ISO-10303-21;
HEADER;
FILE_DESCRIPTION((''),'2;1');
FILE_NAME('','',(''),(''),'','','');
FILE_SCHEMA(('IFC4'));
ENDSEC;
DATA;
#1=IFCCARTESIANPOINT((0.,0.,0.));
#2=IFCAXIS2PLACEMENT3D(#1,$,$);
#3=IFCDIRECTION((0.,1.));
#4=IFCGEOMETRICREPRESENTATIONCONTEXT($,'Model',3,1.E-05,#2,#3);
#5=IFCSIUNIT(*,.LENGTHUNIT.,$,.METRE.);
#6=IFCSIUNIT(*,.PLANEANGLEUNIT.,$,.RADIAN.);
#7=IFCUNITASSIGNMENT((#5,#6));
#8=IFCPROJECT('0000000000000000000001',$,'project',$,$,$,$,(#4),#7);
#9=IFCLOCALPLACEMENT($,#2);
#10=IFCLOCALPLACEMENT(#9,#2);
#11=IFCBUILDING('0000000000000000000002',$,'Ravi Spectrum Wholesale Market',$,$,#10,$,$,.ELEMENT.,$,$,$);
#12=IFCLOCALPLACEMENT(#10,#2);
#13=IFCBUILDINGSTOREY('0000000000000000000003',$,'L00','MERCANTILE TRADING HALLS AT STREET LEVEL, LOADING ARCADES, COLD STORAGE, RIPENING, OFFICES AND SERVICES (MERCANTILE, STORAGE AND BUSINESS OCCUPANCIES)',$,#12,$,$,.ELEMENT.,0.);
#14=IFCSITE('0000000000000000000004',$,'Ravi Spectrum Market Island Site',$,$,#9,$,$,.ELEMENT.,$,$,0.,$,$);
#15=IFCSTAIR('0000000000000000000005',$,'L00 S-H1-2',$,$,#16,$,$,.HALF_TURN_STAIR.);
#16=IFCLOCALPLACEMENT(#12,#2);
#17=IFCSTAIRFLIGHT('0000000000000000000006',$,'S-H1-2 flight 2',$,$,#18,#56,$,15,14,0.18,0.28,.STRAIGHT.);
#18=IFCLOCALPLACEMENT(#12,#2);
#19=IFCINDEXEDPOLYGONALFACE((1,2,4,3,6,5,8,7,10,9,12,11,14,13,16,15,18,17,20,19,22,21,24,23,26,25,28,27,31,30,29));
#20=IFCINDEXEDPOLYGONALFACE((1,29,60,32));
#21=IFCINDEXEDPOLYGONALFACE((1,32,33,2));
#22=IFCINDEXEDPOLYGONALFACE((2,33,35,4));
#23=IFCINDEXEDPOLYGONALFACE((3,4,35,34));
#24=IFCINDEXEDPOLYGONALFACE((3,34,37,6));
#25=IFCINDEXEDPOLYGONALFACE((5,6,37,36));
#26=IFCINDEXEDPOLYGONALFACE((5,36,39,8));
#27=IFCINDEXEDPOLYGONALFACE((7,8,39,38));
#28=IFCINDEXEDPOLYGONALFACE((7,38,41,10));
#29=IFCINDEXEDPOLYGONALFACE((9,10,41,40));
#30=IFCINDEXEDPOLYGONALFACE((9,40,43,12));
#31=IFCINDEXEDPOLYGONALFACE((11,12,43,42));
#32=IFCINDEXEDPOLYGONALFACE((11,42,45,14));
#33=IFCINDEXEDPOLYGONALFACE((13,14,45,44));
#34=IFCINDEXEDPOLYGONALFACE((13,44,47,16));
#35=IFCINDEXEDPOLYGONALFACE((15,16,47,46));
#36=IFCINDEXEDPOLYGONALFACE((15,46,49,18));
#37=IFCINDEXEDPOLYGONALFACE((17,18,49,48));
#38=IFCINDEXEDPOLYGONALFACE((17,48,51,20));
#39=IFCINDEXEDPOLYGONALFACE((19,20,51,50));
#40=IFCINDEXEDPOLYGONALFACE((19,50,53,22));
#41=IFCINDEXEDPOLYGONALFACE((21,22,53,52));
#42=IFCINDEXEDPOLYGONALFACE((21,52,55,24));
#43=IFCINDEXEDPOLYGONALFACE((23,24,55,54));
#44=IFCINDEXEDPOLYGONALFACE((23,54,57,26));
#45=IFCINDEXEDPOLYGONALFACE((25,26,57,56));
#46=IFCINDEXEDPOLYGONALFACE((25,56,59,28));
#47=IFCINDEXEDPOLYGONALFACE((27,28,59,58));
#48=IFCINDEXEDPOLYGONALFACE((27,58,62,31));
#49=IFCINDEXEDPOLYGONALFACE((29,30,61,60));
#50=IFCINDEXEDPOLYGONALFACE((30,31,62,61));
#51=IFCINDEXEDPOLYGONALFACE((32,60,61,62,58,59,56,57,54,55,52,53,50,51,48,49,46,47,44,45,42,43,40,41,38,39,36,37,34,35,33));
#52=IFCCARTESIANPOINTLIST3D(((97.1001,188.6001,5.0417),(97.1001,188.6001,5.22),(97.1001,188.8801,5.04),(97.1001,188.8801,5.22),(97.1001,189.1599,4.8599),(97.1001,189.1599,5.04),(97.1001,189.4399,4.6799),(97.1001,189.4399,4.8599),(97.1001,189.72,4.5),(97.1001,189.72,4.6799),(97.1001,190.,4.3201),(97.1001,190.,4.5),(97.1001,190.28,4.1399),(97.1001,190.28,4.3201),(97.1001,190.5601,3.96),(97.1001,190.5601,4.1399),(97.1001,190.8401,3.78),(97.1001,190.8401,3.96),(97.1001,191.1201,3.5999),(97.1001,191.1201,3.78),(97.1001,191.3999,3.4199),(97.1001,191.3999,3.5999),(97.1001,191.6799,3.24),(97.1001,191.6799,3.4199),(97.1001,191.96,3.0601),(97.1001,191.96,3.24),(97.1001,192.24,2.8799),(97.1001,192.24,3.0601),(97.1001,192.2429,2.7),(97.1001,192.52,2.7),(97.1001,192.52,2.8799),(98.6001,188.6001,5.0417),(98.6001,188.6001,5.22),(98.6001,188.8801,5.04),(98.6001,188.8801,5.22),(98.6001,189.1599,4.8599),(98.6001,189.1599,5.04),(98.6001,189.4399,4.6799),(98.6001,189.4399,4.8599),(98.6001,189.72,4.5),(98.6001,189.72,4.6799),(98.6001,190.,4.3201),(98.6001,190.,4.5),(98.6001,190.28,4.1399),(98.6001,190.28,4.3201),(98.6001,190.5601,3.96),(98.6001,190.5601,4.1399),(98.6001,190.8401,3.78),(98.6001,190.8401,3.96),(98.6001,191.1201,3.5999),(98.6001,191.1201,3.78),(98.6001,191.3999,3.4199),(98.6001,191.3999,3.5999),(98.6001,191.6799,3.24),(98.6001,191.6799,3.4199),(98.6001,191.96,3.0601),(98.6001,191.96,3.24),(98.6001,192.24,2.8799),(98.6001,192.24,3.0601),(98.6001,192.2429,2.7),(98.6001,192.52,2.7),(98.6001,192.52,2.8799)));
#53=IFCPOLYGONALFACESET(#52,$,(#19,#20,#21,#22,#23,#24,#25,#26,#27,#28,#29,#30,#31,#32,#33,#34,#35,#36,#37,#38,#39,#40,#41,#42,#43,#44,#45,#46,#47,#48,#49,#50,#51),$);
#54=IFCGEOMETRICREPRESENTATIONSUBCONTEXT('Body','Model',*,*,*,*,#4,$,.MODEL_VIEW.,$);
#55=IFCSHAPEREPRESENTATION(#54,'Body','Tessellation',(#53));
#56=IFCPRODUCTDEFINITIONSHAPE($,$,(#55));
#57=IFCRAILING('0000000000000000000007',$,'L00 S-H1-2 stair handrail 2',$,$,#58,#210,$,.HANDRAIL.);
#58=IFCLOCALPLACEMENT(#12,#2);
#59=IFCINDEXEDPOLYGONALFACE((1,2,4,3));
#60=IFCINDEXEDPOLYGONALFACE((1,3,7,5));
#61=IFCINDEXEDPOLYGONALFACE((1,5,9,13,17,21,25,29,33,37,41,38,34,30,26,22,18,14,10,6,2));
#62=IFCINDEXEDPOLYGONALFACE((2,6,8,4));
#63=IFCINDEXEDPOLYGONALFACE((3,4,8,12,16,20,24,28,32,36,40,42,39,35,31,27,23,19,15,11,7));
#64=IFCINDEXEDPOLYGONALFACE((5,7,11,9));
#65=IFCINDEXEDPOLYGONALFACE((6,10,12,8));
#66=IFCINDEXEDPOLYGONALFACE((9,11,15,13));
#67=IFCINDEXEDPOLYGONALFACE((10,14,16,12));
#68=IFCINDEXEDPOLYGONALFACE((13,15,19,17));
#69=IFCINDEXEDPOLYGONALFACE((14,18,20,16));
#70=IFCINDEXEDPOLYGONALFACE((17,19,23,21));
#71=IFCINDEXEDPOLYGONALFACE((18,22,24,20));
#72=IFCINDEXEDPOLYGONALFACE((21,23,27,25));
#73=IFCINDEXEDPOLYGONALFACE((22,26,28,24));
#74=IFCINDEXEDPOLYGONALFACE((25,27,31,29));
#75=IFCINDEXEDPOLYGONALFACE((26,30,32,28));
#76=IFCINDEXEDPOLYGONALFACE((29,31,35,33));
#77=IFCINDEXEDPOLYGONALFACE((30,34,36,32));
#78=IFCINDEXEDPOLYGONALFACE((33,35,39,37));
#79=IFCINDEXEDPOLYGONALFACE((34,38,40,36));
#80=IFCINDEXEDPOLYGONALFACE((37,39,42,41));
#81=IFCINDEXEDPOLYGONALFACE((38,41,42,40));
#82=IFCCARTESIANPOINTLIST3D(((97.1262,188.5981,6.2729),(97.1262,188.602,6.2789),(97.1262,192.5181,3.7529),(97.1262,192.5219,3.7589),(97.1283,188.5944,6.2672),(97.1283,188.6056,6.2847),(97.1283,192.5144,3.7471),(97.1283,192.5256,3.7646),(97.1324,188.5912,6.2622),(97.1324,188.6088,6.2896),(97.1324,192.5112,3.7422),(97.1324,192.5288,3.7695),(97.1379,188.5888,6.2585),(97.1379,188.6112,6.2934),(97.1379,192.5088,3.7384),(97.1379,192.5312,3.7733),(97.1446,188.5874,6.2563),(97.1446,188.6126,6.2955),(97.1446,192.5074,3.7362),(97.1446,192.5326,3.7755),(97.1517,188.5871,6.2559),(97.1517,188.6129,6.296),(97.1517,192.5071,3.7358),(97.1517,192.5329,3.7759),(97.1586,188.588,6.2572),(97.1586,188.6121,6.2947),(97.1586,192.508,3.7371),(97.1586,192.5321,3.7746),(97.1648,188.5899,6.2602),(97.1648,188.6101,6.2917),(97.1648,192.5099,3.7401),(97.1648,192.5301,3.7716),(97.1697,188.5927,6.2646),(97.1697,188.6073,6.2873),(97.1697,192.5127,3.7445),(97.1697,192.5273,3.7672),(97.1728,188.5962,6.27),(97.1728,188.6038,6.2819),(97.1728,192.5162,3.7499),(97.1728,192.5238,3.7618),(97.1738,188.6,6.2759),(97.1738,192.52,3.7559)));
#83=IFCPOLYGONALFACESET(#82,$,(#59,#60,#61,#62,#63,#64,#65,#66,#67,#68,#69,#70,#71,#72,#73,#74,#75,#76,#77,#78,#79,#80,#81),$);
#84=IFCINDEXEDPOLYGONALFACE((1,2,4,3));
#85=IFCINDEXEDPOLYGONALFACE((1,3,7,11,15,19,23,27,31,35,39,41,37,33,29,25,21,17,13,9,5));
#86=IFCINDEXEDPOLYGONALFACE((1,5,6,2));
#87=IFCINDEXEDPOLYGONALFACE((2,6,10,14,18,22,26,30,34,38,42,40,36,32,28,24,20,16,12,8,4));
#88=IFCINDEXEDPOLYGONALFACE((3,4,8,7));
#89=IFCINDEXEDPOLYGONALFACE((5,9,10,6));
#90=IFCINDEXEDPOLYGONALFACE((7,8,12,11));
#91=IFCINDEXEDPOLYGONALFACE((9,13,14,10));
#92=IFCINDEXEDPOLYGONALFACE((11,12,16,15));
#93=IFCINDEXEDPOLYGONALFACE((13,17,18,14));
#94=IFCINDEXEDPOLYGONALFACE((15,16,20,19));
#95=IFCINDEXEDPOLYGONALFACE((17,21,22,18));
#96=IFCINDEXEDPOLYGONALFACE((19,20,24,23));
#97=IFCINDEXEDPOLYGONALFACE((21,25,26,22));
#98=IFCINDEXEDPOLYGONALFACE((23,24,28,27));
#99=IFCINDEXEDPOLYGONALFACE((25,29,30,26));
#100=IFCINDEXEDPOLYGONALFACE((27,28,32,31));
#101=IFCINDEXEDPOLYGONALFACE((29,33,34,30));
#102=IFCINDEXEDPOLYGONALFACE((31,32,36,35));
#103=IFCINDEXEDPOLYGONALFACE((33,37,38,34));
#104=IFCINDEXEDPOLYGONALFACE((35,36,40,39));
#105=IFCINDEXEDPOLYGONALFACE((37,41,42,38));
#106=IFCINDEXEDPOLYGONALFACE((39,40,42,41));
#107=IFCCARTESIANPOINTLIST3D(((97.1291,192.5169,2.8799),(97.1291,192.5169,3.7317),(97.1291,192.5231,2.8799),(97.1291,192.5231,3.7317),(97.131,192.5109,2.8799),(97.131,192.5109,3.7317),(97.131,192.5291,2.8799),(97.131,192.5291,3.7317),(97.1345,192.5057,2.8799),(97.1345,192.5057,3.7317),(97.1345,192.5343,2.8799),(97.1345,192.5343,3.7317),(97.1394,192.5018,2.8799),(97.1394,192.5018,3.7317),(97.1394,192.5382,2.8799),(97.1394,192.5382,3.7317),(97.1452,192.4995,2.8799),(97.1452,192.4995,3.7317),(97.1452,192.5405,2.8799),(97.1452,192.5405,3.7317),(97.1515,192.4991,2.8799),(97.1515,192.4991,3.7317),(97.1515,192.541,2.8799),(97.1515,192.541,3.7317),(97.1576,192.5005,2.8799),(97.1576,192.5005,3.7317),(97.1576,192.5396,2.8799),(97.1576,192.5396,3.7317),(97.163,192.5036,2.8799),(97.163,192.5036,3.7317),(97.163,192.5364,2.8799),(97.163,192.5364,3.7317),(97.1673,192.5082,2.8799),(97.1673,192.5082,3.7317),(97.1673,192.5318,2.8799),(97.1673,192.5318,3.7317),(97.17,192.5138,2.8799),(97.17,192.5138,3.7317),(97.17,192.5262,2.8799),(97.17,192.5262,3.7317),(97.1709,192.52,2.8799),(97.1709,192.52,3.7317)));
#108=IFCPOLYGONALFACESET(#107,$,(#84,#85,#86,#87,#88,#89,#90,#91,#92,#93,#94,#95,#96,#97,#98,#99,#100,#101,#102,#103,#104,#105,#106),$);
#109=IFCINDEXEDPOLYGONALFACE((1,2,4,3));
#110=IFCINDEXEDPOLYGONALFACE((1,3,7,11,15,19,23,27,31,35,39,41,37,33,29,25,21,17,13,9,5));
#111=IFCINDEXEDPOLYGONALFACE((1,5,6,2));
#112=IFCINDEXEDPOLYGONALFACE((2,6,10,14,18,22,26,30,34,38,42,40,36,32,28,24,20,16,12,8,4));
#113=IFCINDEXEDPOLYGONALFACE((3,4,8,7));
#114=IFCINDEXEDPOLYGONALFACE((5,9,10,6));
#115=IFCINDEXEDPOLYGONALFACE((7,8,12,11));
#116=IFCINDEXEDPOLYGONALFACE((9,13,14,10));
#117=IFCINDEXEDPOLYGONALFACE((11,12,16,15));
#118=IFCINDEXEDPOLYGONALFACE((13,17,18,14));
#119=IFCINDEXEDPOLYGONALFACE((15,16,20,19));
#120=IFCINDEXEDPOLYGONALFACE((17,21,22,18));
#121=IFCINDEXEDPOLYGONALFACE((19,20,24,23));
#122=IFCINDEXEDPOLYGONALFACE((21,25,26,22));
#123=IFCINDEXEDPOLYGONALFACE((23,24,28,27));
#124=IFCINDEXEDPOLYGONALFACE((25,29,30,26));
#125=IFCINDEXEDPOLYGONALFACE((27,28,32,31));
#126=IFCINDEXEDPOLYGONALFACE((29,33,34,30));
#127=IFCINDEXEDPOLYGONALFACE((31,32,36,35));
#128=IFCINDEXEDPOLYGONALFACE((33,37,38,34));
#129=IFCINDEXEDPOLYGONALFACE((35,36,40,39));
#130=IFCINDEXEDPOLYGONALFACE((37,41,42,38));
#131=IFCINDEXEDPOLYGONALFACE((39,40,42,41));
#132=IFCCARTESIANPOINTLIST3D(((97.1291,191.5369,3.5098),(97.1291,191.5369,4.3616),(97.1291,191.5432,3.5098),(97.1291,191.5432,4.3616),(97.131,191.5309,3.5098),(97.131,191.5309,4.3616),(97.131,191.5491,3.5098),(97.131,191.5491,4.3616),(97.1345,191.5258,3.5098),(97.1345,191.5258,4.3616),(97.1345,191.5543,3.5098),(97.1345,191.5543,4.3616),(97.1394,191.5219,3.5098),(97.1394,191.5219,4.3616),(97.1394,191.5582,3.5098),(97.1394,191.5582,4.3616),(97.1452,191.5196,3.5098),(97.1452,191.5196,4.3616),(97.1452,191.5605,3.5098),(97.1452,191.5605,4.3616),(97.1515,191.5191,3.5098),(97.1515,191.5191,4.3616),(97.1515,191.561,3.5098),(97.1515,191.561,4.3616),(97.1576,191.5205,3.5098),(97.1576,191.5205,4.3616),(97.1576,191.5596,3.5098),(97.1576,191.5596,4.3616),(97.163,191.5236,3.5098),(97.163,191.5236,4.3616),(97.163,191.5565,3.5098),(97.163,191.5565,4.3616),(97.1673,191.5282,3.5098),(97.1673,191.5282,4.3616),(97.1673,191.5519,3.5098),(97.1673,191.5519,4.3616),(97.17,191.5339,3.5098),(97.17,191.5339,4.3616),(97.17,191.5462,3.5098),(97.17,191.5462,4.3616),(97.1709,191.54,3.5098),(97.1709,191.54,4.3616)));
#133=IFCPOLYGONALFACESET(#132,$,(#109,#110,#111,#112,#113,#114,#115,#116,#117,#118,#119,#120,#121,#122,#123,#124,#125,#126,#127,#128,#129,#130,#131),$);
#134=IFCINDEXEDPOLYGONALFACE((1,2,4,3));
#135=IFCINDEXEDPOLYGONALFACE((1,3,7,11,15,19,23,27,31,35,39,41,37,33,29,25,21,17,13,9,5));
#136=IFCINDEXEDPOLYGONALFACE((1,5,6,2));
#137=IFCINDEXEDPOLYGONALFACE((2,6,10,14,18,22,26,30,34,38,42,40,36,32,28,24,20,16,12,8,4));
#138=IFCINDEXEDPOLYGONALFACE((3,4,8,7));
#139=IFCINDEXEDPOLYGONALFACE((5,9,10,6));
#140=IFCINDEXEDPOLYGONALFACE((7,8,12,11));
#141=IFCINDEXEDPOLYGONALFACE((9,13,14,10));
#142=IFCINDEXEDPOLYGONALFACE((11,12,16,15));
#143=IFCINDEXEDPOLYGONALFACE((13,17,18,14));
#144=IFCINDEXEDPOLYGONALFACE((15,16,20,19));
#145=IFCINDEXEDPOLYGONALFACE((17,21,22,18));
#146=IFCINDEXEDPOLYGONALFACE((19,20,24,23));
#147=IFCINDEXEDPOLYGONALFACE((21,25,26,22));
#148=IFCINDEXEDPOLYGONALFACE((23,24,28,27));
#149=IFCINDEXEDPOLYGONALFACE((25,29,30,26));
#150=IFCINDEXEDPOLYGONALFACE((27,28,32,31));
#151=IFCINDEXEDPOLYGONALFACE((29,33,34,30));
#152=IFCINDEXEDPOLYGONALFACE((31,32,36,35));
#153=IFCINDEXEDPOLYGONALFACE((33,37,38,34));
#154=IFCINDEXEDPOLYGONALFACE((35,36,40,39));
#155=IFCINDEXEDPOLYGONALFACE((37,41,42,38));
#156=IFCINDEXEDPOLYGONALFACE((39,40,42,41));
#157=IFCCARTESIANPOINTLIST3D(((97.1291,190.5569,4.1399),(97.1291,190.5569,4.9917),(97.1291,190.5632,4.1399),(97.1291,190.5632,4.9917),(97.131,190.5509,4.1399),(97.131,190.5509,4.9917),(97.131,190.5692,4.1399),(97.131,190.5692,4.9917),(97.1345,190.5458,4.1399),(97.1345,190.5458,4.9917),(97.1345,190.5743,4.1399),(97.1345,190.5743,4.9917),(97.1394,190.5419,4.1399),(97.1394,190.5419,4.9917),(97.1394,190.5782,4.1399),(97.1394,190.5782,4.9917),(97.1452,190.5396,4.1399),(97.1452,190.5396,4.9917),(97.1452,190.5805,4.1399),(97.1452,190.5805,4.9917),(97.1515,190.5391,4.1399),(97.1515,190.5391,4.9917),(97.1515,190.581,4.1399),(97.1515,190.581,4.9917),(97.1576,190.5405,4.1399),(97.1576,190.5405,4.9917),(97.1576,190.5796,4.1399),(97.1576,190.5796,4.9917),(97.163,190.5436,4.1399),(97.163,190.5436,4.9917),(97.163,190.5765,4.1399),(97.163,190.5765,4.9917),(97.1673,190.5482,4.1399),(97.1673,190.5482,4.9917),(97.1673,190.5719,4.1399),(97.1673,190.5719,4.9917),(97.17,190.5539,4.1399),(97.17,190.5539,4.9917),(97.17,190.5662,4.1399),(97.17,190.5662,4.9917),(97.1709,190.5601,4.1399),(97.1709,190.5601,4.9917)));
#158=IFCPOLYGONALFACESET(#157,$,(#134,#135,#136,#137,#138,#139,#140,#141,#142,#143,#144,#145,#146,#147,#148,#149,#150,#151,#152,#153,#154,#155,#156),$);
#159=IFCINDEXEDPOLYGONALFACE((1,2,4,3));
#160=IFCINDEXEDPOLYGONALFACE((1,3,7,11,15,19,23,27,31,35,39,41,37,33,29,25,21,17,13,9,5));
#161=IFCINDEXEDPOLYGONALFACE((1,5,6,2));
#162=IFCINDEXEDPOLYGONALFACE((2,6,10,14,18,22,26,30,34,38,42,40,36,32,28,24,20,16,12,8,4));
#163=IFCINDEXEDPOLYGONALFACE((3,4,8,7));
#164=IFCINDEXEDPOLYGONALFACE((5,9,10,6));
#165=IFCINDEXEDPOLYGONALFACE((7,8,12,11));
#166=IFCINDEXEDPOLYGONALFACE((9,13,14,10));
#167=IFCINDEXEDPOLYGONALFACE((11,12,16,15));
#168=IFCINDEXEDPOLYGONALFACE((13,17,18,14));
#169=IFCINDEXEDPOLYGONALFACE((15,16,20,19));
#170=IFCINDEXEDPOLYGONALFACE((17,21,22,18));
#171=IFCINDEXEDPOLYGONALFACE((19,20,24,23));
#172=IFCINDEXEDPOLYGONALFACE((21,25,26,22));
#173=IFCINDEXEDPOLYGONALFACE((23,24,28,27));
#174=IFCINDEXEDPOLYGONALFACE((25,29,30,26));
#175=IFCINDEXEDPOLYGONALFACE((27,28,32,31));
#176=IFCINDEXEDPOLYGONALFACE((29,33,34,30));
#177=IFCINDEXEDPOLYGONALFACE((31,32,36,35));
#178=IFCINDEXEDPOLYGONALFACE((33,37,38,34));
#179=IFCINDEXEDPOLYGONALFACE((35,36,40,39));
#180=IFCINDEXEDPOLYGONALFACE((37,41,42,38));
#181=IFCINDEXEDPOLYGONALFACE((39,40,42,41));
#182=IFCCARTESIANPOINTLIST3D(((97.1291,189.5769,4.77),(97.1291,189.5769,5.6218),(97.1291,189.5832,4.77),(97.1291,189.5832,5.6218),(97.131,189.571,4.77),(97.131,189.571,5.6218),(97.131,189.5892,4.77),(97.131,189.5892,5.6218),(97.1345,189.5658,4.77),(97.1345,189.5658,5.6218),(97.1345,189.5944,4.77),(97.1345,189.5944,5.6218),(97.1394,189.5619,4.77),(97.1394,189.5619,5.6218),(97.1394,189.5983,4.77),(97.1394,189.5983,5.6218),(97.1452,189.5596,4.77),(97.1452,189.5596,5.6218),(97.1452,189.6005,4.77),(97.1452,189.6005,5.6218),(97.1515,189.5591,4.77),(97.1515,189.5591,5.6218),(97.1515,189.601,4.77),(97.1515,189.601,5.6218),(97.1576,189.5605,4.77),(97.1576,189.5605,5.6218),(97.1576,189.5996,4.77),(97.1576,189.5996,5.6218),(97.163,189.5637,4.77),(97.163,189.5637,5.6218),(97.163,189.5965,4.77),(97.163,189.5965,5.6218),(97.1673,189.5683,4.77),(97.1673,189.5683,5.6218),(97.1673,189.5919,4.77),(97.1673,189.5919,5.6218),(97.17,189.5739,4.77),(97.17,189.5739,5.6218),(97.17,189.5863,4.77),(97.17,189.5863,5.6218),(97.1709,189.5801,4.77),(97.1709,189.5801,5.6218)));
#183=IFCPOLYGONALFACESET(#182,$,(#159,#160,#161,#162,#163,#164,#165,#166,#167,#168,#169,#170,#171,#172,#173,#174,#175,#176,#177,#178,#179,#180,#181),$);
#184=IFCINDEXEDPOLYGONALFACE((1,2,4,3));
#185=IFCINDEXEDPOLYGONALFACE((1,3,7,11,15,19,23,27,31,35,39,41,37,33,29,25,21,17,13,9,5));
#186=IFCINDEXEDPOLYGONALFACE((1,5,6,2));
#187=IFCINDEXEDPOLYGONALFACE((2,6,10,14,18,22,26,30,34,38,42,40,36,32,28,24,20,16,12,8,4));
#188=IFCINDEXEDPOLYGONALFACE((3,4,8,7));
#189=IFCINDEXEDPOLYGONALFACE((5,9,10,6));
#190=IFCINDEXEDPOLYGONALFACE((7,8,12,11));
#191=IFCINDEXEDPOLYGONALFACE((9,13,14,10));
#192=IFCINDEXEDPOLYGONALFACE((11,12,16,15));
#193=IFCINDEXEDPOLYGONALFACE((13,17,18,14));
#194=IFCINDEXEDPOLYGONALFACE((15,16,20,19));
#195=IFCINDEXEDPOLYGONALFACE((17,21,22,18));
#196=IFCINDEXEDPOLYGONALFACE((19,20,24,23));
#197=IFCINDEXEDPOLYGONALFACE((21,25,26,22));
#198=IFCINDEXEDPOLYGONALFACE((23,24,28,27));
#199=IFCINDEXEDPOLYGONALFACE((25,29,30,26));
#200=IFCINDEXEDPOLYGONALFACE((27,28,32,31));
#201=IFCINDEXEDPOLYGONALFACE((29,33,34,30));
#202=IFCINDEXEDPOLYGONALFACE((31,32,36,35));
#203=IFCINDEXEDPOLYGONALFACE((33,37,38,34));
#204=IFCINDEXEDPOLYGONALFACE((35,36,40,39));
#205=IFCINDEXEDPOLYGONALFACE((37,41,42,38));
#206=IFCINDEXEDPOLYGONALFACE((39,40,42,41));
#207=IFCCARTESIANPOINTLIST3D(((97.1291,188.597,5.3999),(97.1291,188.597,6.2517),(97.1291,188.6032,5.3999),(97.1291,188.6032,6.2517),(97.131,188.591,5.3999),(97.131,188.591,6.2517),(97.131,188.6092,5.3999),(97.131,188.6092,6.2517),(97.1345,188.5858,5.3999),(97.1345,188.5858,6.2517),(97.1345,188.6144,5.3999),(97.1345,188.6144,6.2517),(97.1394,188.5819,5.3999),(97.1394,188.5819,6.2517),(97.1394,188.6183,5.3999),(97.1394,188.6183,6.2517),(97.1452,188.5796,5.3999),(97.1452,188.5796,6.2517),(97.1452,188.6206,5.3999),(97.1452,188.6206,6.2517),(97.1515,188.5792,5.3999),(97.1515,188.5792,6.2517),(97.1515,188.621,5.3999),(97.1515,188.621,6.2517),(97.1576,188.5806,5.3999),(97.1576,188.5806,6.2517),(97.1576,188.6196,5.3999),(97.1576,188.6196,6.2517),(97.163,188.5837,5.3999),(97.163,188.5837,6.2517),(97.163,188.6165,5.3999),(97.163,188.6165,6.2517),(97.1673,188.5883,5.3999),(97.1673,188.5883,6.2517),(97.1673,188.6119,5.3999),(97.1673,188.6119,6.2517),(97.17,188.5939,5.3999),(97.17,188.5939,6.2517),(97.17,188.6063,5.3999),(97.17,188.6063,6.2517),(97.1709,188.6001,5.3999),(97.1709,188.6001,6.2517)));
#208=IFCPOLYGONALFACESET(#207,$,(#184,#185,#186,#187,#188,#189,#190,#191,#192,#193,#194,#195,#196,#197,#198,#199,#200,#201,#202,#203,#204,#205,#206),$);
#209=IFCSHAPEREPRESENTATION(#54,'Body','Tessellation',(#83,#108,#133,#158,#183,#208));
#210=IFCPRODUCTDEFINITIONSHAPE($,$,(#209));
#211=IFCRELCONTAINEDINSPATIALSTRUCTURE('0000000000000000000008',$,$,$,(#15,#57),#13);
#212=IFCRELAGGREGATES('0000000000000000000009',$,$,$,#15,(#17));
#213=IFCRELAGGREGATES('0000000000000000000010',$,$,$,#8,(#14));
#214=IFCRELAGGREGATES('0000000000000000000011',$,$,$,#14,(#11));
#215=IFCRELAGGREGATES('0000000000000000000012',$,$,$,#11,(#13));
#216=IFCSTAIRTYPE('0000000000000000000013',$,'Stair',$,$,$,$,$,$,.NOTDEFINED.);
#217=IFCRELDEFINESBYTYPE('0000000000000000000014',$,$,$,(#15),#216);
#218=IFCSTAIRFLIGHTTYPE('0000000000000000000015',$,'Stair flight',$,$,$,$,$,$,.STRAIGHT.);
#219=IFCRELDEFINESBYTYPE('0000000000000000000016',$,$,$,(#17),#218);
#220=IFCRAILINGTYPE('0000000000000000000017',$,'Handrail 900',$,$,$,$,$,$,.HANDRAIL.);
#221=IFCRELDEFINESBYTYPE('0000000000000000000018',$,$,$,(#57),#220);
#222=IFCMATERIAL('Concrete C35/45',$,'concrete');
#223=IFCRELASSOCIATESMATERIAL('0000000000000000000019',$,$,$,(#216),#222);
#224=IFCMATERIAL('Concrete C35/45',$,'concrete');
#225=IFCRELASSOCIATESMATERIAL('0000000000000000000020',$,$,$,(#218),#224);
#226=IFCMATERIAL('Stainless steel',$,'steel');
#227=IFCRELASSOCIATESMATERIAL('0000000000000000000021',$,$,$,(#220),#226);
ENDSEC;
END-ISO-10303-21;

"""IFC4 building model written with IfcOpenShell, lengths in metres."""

from ifc_helpers import new_model, si_unit, direction, frame, origin, origin_2d, place, context, subcontext, project, spatial, polyline, circle, outline, extrude, material, type_object, element, aggregate, save


model = new_model("IFC4")

# Units and contexts
model_context = context("Model", 3, precision=1e-05, world=origin(), true_north=direction((0.0, 1.0)))
body_context = subcontext(model_context, "Body", "Model", "MODEL_VIEW")
ifc_project = project(units=[si_unit("LENGTHUNIT", "METRE"), si_unit("PLANEANGLEUNIT", "RADIAN")], contexts=[model_context])

# Site, building, storey
site_placement = place(None, origin())
site = spatial("IfcSite", under=ifc_project, at=site_placement, Name="Ravi Spectrum Market Island Site", CompositionType="ELEMENT", RefElevation=0.0)
building_placement = place(site_placement, origin())
building = spatial("IfcBuilding", under=site, at=building_placement, Name="Ravi Spectrum Wholesale Market", CompositionType="ELEMENT")
storey_placement = place(building_placement, origin())
storey = spatial("IfcBuildingStorey", under=building, at=storey_placement, Name="L00", Description="MERCANTILE TRADING HALLS AT STREET LEVEL, LOADING ARCADES, COLD STORAGE, RIPENING, OFFICES AND SERVICES (MERCANTILE, STORAGE AND BUSINESS OCCUPANCIES)", CompositionType="ELEMENT", Elevation=0.0)

# Stair, stair flight
ifc_material_1 = material(Name="Concrete C35/45", Category="concrete")
stair_type = type_object("IfcStairType", Name="Stair", PredefinedType="NOTDEFINED", material=ifc_material_1)
stair_placement = place(storey_placement, origin())
stair = element("IfcStair", 1, at=stair_placement, inside=storey, type_object=stair_type, Name="L00 S-H1-2", PredefinedType="HALF_TURN_STAIR")
ifc_material_2 = material(Name="Concrete C35/45", Category="concrete")
stair_flight_type = type_object("IfcStairFlightType", Name="Stair flight", PredefinedType="STRAIGHT", material=ifc_material_2)
stair_flight_placement = place(storey_placement, frame((97.8501, 192.52, 2.7), z_axis=(0.0, 0.0, 1.0), x_axis=(0.0, -1.0, 0.0)))
stair_flight = element("IfcStairFlight", 2, at=stair_flight_placement, type_object=stair_flight_type, Name="S-H1-2 flight 2", NumberOfRisers=15, NumberOfTreads=14, PredefinedType="STRAIGHT", RiserHeight=0.18, TreadLength=0.28, context=body_context, shape_type="SweptSolid", body=[
    extrude(outline(polyline([(0.0, 0.0), (0.0, 0.1799), (0.28, 0.1799), (0.28, 0.3601), (0.5601, 0.3601), (0.5601, 0.54), (0.8401, 0.54), (0.8401, 0.72), (1.1201, 0.72), (1.1201, 0.8999), (1.3999, 0.8999), (1.3999, 1.0801), (1.6799, 1.0801), (1.6799, 1.26), (1.96, 1.26), (1.96, 1.4399), (2.24, 1.4399), (2.24, 1.6201), (2.52, 1.6201), (2.52, 1.8), (2.8, 1.8), (2.8, 1.98), (3.0801, 1.98), (3.0801, 2.1599), (3.3601, 2.1599), (3.3601, 2.3401), (3.6399, 2.3401), (3.6399, 2.52), (3.9199, 2.52), (3.9199, 2.7), (3.9199, 2.3418), (0.2771, 0.0), (0.0, 0.0)])), frame((0.0, 0.75, 0.0), z_axis=(0.0, -1.0, 0.0), x_axis=(1.0, 0.0, 0.0)), (0.0, 0.0, 1.0), 1.5),
])
aggregate(stair, [stair_flight])

# Railing
ifc_material_3 = material(Name="Stainless steel", Category="steel")
railing_type = type_object("IfcRailingType", Name="Handrail 900", PredefinedType="HANDRAIL", material=ifc_material_3)
railing_placement = place(storey_placement, frame((97.1499, 192.52, 2.8799)))
element("IfcRailing", 3, at=railing_placement, inside=storey, type_object=railing_type, Name="L00 S-H1-2 stair handrail 2", PredefinedType="HANDRAIL", context=body_context, shape_type="SweptSolid", body=[
    extrude(circle(Radius=0.0239, at=origin_2d()), frame((0.0, 0.0, 0.876), z_axis=(0.0, -0.841172, 0.540768), x_axis=(1.0, 0.0, 0.0)), (0.0, 0.0, 1.0), 4.6602),
    extrude(circle(Radius=0.021, at=origin_2d()), origin(), (0.0, 0.0, 1.0), 0.8518),
    extrude(circle(Radius=0.021, at=origin_2d()), frame((0.0, -0.98, 0.6299)), (0.0, 0.0, 1.0), 0.8518),
    extrude(circle(Radius=0.021, at=origin_2d()), frame((0.0, -1.96, 1.26)), (0.0, 0.0, 1.0), 0.8518),
    extrude(circle(Radius=0.021, at=origin_2d()), frame((0.0, -2.9399, 1.8901)), (0.0, 0.0, 1.0), 0.8518),
    extrude(circle(Radius=0.021, at=origin_2d()), frame((0.0, -3.9199, 2.52)), (0.0, 0.0, 1.0), 0.8518),
])

save(model, "model.ifc")
